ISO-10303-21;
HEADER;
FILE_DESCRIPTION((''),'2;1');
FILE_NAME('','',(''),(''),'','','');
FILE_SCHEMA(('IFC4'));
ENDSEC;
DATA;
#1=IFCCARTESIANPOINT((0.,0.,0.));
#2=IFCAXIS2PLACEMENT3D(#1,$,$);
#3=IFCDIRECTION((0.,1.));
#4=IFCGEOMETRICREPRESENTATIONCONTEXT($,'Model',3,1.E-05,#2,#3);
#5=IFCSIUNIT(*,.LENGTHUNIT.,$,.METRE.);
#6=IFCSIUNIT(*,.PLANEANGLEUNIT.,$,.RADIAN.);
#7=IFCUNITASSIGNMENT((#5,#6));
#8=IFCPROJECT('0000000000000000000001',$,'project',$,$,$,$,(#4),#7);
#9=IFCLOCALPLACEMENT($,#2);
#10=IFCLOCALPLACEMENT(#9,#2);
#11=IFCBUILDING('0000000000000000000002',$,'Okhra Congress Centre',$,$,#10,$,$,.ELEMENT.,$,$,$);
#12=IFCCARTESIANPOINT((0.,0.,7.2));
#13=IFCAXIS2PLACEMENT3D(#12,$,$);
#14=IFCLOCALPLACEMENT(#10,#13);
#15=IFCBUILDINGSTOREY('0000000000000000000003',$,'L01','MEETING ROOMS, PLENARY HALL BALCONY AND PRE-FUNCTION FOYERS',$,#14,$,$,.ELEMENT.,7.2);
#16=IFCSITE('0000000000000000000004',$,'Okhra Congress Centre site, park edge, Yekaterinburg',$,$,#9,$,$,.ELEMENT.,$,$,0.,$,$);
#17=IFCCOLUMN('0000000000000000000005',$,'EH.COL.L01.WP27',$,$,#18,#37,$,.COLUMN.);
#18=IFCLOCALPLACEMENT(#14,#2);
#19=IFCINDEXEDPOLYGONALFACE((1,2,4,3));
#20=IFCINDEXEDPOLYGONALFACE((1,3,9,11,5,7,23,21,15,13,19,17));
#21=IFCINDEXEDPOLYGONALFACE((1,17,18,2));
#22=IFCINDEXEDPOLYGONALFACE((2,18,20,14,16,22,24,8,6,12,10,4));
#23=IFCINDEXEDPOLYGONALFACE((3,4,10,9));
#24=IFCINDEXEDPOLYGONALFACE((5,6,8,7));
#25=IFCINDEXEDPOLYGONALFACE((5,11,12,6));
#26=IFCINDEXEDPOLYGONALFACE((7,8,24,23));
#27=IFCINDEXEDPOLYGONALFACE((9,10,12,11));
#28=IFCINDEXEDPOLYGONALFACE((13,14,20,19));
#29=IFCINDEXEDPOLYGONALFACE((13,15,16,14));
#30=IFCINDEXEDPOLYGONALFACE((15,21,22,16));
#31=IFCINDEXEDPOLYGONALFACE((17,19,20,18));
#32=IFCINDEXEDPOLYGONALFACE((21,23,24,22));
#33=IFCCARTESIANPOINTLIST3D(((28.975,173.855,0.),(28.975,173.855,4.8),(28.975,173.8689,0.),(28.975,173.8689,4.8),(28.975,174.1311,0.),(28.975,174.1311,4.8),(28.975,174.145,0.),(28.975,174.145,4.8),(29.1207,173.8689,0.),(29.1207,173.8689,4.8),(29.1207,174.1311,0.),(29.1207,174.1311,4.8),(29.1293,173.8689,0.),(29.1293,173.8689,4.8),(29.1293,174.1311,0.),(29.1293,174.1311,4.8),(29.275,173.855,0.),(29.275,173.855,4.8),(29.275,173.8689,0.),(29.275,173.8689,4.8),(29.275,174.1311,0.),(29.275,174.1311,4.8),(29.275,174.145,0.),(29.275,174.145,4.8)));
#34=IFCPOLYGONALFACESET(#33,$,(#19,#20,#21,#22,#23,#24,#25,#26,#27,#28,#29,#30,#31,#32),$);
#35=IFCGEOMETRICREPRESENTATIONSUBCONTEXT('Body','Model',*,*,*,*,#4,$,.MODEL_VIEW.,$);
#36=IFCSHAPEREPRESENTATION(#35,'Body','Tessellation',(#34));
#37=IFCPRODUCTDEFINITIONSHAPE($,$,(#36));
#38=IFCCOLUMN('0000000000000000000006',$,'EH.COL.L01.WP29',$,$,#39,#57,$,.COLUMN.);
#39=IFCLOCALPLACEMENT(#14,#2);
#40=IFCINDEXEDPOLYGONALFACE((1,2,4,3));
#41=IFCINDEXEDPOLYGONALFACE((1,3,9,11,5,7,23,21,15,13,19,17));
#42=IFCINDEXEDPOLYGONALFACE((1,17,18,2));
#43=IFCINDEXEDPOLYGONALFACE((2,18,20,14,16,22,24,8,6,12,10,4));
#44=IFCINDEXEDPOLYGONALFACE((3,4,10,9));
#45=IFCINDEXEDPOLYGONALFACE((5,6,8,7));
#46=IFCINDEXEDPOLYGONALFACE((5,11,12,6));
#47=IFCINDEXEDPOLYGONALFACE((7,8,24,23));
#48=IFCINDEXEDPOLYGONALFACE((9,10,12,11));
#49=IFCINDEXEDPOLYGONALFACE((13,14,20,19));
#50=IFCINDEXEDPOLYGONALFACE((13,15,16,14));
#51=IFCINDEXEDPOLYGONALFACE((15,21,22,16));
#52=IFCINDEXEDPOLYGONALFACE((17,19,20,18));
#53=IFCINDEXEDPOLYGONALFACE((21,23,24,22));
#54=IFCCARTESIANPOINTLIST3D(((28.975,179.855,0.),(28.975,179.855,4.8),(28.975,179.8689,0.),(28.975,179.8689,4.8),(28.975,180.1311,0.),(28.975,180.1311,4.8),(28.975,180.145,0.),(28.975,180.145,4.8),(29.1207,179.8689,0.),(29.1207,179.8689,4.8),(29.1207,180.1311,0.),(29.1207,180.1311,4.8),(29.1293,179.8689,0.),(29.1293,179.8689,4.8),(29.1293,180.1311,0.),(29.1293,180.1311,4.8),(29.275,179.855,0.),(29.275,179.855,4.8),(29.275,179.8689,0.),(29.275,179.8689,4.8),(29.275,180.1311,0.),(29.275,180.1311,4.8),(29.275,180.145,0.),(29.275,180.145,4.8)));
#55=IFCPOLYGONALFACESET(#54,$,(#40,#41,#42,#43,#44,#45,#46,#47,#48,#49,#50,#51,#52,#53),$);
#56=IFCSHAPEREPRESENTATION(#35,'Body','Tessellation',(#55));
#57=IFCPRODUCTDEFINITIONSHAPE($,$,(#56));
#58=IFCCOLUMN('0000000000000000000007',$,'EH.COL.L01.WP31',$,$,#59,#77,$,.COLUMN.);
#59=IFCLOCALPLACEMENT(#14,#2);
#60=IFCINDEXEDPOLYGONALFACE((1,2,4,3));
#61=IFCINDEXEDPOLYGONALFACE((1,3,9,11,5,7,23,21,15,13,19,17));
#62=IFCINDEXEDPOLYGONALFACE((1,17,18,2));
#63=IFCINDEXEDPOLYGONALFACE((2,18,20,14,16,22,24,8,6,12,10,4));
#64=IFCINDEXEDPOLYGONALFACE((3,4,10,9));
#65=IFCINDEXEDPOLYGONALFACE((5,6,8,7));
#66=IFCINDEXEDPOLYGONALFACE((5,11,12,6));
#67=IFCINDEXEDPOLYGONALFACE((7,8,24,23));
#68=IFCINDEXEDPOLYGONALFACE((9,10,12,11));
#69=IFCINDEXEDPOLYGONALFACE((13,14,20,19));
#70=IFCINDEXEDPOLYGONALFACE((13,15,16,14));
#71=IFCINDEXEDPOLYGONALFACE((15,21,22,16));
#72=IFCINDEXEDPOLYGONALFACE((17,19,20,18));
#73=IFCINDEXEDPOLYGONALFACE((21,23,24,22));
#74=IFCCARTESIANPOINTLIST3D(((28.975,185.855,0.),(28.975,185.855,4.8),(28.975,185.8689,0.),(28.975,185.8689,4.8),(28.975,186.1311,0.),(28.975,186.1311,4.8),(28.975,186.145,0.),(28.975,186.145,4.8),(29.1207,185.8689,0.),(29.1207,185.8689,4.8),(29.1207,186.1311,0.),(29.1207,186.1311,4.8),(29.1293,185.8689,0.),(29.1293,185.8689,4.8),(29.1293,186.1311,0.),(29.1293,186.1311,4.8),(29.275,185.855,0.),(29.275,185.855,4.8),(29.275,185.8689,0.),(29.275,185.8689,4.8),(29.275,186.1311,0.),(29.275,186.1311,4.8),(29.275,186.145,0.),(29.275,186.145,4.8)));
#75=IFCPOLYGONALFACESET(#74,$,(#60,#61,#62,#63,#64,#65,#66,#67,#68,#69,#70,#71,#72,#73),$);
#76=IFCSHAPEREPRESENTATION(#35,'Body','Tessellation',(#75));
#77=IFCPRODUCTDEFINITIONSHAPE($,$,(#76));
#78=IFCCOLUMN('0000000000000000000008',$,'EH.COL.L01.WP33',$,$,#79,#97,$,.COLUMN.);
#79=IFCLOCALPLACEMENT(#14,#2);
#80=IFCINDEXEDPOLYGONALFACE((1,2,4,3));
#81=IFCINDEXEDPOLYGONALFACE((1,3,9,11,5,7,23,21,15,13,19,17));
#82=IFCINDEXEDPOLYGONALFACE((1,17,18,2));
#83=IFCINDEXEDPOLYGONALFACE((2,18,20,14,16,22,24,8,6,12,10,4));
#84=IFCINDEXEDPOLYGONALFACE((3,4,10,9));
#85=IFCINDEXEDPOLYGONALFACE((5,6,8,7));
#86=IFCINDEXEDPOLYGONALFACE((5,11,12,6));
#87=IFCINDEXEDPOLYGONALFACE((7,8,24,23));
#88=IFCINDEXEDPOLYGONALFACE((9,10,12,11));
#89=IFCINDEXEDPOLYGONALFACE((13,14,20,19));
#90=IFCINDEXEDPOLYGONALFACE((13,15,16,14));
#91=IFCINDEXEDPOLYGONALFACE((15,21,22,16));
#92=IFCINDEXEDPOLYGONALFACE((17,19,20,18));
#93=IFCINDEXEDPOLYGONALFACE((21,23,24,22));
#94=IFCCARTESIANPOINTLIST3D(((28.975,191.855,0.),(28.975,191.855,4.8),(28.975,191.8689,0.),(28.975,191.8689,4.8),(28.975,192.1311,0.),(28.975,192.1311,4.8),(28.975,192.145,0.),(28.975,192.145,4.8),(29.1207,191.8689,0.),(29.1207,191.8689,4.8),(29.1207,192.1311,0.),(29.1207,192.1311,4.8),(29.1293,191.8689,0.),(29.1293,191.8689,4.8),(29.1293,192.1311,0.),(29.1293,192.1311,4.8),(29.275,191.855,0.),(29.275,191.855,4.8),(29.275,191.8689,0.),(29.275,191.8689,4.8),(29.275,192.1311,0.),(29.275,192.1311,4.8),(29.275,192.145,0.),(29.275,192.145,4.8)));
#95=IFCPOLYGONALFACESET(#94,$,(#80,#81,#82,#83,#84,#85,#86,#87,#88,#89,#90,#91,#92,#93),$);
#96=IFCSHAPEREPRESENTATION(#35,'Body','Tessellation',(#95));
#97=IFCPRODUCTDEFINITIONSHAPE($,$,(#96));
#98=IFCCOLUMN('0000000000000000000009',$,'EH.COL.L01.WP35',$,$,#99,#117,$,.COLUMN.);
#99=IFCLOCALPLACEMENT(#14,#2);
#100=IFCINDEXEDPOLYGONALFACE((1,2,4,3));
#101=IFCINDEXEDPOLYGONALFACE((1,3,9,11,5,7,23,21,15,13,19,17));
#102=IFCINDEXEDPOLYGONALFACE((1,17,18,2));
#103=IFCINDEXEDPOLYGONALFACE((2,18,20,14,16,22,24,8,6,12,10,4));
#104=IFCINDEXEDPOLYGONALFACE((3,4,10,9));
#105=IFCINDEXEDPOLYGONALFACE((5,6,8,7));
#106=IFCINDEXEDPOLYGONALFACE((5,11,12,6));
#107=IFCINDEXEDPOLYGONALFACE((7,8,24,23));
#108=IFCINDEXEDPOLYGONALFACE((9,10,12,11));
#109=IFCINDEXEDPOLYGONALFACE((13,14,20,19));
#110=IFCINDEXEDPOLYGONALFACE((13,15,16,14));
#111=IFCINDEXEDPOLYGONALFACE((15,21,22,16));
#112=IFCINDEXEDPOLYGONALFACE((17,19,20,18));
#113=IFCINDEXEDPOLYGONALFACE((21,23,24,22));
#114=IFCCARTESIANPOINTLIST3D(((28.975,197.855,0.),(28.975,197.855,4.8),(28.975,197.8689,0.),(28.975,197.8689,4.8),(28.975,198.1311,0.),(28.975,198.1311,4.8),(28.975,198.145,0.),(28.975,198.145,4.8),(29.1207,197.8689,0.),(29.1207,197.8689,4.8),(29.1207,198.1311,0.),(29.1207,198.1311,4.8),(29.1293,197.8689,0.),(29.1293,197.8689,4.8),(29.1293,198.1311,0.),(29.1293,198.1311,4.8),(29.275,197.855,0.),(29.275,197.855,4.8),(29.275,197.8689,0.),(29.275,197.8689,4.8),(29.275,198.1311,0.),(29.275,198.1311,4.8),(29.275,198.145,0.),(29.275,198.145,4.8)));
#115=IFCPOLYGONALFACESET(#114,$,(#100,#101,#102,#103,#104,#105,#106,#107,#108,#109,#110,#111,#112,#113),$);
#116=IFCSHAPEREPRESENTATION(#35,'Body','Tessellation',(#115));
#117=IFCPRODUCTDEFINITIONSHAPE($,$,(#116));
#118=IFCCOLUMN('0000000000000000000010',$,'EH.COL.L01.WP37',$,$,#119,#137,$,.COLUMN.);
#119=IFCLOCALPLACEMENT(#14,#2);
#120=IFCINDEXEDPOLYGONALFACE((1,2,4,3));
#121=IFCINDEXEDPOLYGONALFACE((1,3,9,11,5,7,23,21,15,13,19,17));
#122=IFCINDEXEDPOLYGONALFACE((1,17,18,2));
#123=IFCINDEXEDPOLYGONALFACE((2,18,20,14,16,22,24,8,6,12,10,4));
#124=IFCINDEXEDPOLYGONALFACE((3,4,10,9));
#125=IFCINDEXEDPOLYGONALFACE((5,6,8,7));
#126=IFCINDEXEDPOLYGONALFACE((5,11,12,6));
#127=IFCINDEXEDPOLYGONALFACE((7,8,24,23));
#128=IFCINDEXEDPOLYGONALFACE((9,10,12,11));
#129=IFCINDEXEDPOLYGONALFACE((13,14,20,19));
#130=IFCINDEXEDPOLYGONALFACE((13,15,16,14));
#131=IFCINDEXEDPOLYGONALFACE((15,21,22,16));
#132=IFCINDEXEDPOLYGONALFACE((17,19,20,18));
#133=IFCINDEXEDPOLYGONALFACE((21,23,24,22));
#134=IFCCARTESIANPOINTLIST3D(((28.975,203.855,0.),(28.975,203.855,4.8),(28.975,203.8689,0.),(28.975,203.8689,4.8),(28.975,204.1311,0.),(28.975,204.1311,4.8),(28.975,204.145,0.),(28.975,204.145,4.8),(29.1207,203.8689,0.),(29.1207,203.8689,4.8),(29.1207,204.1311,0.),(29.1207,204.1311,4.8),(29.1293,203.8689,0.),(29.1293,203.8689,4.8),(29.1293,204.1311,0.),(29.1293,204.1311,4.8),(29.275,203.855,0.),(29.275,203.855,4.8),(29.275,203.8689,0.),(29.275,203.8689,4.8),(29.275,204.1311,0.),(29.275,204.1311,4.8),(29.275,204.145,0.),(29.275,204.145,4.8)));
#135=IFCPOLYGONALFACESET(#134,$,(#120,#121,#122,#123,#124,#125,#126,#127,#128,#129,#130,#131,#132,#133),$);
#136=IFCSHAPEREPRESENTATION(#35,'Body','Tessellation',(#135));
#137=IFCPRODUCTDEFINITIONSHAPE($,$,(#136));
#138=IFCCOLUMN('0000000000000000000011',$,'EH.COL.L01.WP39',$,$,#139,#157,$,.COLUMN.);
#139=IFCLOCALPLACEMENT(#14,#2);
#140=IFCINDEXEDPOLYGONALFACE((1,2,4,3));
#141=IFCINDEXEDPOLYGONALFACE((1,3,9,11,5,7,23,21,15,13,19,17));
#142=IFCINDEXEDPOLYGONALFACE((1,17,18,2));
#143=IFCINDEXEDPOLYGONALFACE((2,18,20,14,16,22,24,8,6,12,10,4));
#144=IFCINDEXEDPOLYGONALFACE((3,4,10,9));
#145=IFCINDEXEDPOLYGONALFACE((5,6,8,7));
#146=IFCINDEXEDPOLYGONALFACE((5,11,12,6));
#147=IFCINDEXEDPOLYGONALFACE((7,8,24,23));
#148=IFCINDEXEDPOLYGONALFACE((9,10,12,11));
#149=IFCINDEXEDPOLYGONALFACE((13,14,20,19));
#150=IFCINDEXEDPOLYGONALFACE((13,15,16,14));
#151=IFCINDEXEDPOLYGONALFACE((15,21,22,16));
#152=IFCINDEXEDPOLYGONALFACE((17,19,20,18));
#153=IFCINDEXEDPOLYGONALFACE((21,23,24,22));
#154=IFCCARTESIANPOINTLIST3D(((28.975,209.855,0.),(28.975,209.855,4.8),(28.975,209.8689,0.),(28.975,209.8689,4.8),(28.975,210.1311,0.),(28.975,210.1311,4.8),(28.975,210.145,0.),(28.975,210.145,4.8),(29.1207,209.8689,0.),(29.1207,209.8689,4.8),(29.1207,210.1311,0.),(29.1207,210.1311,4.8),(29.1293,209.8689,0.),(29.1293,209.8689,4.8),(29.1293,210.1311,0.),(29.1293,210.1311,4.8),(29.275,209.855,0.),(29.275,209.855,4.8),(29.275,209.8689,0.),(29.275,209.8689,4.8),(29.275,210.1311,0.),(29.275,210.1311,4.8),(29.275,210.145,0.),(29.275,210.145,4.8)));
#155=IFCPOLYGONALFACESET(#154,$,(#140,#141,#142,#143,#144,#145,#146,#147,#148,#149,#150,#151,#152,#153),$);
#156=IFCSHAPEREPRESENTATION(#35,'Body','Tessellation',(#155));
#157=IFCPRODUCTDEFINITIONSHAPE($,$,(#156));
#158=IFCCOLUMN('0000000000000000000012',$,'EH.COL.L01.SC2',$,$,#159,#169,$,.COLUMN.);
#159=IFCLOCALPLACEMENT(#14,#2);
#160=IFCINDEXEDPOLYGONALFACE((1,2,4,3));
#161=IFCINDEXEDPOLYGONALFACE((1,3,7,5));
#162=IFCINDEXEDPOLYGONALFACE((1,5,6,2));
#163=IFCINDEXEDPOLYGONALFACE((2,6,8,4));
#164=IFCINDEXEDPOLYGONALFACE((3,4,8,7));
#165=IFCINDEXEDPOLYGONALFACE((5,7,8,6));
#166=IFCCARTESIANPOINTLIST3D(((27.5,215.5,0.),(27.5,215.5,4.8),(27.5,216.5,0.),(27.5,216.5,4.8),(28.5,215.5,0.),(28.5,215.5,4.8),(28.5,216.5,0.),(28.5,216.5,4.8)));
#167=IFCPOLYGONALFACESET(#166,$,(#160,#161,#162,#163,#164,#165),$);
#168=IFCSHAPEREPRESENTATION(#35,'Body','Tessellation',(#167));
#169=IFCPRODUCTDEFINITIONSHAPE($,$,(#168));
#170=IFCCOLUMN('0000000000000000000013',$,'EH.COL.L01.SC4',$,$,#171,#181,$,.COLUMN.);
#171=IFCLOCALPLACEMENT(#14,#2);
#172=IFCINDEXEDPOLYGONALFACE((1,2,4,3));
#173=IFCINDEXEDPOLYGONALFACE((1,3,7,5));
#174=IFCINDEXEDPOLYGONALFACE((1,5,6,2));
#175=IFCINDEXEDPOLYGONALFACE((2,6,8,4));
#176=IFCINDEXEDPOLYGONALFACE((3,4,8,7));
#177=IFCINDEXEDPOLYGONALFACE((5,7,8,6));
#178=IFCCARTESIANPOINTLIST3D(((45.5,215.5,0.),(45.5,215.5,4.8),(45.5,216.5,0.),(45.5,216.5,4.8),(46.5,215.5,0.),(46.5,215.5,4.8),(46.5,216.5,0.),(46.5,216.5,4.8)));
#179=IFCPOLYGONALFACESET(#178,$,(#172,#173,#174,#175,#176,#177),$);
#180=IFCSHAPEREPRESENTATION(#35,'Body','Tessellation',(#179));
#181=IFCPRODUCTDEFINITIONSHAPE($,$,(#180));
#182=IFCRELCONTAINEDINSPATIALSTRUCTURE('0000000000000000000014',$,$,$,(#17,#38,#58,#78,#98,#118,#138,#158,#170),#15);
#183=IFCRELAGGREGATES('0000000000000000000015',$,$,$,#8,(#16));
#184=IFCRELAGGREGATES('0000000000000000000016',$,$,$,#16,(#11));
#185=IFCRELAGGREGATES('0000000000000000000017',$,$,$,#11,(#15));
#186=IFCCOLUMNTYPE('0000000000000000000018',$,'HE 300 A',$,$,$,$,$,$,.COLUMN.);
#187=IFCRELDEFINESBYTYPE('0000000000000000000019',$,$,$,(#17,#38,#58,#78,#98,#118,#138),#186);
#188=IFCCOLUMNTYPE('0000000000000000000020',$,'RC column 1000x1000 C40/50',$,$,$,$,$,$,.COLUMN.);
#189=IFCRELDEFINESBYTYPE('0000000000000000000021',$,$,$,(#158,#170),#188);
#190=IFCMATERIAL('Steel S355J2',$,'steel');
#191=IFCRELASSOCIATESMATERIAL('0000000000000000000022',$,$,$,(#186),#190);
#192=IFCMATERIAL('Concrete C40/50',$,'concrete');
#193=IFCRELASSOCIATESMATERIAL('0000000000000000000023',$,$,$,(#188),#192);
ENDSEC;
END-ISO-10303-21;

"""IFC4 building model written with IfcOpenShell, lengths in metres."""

from ifc_helpers import new_model, si_unit, direction, frame, origin, origin_2d, place, context, subcontext, project, spatial, rectangle, i_section, extrude, material, material_profile, profile_set, type_object, element, save


model = new_model("IFC4")

# Units and contexts
model_context = context("Model", 3, precision=1e-05, world=origin(), true_north=direction((0.0, 1.0)))
body_context = subcontext(model_context, "Body", "Model", "MODEL_VIEW")
ifc_project = project(units=[si_unit("LENGTHUNIT", "METRE"), si_unit("PLANEANGLEUNIT", "RADIAN")], contexts=[model_context])

# Site, building, storey
site_placement = place(None, origin())
site = spatial("IfcSite", under=ifc_project, at=site_placement, Name="Okhra Congress Centre site, park edge, Yekaterinburg", CompositionType="ELEMENT", RefElevation=0.0)
building_placement = place(site_placement, origin())
building = spatial("IfcBuilding", under=site, at=building_placement, Name="Okhra Congress Centre", CompositionType="ELEMENT")
storey_placement = place(building_placement, frame((0.0, 0.0, 7.2)))
storey = spatial("IfcBuildingStorey", under=building, at=storey_placement, Name="L01", Description="MEETING ROOMS, PLENARY HALL BALCONY AND PRE-FUNCTION FOYERS", CompositionType="ELEMENT", Elevation=7.2)

# Columns
ifc_material_1 = material(Name="Steel S355J2", Category="steel")
ifc_material_profile_1 = material_profile(ifc_material_1, i_section(OverallWidth=0.3, OverallDepth=0.29, WebThickness=0.0085, FlangeThickness=0.0139, at=origin_2d()), Name="HE 300 A")
ifc_profile_set_1 = profile_set([ifc_material_profile_1], Name="Steel S355J2")
column_type_1 = type_object("IfcColumnType", Name="HE 300 A", PredefinedType="COLUMN", material=ifc_profile_set_1)
for number, where, z_axis, x_axis, name in (
    (1, (29.125, 174.0, 0.0), (0.0, 0.0, 1.0), (1.0, 0.0, 0.0), "EH.COL.L01.WP27"),
    (2, (29.125, 180.0, 0.0), (0.0, 0.0, 1.0), (1.0, 0.0, 0.0), "EH.COL.L01.WP29"),
    (3, (29.125, 186.0, 0.0), (0.0, 0.0, 1.0), (1.0, 0.0, 0.0), "EH.COL.L01.WP31"),
    (4, (29.125, 192.0, 0.0), (0.0, 0.0, 1.0), (1.0, 0.0, 0.0), "EH.COL.L01.WP33"),
    (5, (29.125, 198.0, 0.0), (0.0, 0.0, 1.0), (1.0, 0.0, 0.0), "EH.COL.L01.WP35"),
    (6, (29.125, 204.0, 0.0), (0.0, 0.0, 1.0), (1.0, 0.0, 0.0), "EH.COL.L01.WP37"),
    (7, (29.125, 210.0, 0.0), (0.0, 0.0, 1.0), (1.0, 0.0, 0.0), "EH.COL.L01.WP39"),
):
    element("IfcColumn", number, at=place(storey_placement, frame(where, z_axis=z_axis, x_axis=x_axis)), inside=storey, type_object=column_type_1, Name=name, PredefinedType="COLUMN", context=body_context, shape_type="SweptSolid", body=[
        extrude(i_section(OverallWidth=0.3, OverallDepth=0.29, WebThickness=0.0085, FlangeThickness=0.0139, at=origin_2d()), origin(), (0.0, 0.0, 1.0), 4.8),
    ])
ifc_material_2 = material(Name="Concrete C40/50", Category="concrete")
ifc_material_profile_2 = material_profile(ifc_material_2, rectangle(XDim=1.0, YDim=1.0, at=origin_2d()), Name="RC 1000x1000")
ifc_profile_set_2 = profile_set([ifc_material_profile_2], Name="Concrete C40/50")
column_type_2 = type_object("IfcColumnType", Name="RC column 1000x1000 C40/50", PredefinedType="COLUMN", material=ifc_profile_set_2)
for number, where, z_axis, x_axis, name in (
    (8, (28.0, 216.0, 0.0), (0.0, 0.0, 1.0), (1.0, 0.0, 0.0), "EH.COL.L01.SC2"),
    (9, (46.0, 216.0, 0.0), (0.0, 0.0, 1.0), (1.0, 0.0, 0.0), "EH.COL.L01.SC4"),
):
    element("IfcColumn", number, at=place(storey_placement, frame(where, z_axis=z_axis, x_axis=x_axis)), inside=storey, type_object=column_type_2, Name=name, PredefinedType="COLUMN", context=body_context, shape_type="SweptSolid", body=[
        extrude(rectangle(XDim=1.0, YDim=1.0, at=origin_2d()), origin(), (0.0, 0.0, 1.0), 4.8),
    ])

save(model, "model.ifc")
